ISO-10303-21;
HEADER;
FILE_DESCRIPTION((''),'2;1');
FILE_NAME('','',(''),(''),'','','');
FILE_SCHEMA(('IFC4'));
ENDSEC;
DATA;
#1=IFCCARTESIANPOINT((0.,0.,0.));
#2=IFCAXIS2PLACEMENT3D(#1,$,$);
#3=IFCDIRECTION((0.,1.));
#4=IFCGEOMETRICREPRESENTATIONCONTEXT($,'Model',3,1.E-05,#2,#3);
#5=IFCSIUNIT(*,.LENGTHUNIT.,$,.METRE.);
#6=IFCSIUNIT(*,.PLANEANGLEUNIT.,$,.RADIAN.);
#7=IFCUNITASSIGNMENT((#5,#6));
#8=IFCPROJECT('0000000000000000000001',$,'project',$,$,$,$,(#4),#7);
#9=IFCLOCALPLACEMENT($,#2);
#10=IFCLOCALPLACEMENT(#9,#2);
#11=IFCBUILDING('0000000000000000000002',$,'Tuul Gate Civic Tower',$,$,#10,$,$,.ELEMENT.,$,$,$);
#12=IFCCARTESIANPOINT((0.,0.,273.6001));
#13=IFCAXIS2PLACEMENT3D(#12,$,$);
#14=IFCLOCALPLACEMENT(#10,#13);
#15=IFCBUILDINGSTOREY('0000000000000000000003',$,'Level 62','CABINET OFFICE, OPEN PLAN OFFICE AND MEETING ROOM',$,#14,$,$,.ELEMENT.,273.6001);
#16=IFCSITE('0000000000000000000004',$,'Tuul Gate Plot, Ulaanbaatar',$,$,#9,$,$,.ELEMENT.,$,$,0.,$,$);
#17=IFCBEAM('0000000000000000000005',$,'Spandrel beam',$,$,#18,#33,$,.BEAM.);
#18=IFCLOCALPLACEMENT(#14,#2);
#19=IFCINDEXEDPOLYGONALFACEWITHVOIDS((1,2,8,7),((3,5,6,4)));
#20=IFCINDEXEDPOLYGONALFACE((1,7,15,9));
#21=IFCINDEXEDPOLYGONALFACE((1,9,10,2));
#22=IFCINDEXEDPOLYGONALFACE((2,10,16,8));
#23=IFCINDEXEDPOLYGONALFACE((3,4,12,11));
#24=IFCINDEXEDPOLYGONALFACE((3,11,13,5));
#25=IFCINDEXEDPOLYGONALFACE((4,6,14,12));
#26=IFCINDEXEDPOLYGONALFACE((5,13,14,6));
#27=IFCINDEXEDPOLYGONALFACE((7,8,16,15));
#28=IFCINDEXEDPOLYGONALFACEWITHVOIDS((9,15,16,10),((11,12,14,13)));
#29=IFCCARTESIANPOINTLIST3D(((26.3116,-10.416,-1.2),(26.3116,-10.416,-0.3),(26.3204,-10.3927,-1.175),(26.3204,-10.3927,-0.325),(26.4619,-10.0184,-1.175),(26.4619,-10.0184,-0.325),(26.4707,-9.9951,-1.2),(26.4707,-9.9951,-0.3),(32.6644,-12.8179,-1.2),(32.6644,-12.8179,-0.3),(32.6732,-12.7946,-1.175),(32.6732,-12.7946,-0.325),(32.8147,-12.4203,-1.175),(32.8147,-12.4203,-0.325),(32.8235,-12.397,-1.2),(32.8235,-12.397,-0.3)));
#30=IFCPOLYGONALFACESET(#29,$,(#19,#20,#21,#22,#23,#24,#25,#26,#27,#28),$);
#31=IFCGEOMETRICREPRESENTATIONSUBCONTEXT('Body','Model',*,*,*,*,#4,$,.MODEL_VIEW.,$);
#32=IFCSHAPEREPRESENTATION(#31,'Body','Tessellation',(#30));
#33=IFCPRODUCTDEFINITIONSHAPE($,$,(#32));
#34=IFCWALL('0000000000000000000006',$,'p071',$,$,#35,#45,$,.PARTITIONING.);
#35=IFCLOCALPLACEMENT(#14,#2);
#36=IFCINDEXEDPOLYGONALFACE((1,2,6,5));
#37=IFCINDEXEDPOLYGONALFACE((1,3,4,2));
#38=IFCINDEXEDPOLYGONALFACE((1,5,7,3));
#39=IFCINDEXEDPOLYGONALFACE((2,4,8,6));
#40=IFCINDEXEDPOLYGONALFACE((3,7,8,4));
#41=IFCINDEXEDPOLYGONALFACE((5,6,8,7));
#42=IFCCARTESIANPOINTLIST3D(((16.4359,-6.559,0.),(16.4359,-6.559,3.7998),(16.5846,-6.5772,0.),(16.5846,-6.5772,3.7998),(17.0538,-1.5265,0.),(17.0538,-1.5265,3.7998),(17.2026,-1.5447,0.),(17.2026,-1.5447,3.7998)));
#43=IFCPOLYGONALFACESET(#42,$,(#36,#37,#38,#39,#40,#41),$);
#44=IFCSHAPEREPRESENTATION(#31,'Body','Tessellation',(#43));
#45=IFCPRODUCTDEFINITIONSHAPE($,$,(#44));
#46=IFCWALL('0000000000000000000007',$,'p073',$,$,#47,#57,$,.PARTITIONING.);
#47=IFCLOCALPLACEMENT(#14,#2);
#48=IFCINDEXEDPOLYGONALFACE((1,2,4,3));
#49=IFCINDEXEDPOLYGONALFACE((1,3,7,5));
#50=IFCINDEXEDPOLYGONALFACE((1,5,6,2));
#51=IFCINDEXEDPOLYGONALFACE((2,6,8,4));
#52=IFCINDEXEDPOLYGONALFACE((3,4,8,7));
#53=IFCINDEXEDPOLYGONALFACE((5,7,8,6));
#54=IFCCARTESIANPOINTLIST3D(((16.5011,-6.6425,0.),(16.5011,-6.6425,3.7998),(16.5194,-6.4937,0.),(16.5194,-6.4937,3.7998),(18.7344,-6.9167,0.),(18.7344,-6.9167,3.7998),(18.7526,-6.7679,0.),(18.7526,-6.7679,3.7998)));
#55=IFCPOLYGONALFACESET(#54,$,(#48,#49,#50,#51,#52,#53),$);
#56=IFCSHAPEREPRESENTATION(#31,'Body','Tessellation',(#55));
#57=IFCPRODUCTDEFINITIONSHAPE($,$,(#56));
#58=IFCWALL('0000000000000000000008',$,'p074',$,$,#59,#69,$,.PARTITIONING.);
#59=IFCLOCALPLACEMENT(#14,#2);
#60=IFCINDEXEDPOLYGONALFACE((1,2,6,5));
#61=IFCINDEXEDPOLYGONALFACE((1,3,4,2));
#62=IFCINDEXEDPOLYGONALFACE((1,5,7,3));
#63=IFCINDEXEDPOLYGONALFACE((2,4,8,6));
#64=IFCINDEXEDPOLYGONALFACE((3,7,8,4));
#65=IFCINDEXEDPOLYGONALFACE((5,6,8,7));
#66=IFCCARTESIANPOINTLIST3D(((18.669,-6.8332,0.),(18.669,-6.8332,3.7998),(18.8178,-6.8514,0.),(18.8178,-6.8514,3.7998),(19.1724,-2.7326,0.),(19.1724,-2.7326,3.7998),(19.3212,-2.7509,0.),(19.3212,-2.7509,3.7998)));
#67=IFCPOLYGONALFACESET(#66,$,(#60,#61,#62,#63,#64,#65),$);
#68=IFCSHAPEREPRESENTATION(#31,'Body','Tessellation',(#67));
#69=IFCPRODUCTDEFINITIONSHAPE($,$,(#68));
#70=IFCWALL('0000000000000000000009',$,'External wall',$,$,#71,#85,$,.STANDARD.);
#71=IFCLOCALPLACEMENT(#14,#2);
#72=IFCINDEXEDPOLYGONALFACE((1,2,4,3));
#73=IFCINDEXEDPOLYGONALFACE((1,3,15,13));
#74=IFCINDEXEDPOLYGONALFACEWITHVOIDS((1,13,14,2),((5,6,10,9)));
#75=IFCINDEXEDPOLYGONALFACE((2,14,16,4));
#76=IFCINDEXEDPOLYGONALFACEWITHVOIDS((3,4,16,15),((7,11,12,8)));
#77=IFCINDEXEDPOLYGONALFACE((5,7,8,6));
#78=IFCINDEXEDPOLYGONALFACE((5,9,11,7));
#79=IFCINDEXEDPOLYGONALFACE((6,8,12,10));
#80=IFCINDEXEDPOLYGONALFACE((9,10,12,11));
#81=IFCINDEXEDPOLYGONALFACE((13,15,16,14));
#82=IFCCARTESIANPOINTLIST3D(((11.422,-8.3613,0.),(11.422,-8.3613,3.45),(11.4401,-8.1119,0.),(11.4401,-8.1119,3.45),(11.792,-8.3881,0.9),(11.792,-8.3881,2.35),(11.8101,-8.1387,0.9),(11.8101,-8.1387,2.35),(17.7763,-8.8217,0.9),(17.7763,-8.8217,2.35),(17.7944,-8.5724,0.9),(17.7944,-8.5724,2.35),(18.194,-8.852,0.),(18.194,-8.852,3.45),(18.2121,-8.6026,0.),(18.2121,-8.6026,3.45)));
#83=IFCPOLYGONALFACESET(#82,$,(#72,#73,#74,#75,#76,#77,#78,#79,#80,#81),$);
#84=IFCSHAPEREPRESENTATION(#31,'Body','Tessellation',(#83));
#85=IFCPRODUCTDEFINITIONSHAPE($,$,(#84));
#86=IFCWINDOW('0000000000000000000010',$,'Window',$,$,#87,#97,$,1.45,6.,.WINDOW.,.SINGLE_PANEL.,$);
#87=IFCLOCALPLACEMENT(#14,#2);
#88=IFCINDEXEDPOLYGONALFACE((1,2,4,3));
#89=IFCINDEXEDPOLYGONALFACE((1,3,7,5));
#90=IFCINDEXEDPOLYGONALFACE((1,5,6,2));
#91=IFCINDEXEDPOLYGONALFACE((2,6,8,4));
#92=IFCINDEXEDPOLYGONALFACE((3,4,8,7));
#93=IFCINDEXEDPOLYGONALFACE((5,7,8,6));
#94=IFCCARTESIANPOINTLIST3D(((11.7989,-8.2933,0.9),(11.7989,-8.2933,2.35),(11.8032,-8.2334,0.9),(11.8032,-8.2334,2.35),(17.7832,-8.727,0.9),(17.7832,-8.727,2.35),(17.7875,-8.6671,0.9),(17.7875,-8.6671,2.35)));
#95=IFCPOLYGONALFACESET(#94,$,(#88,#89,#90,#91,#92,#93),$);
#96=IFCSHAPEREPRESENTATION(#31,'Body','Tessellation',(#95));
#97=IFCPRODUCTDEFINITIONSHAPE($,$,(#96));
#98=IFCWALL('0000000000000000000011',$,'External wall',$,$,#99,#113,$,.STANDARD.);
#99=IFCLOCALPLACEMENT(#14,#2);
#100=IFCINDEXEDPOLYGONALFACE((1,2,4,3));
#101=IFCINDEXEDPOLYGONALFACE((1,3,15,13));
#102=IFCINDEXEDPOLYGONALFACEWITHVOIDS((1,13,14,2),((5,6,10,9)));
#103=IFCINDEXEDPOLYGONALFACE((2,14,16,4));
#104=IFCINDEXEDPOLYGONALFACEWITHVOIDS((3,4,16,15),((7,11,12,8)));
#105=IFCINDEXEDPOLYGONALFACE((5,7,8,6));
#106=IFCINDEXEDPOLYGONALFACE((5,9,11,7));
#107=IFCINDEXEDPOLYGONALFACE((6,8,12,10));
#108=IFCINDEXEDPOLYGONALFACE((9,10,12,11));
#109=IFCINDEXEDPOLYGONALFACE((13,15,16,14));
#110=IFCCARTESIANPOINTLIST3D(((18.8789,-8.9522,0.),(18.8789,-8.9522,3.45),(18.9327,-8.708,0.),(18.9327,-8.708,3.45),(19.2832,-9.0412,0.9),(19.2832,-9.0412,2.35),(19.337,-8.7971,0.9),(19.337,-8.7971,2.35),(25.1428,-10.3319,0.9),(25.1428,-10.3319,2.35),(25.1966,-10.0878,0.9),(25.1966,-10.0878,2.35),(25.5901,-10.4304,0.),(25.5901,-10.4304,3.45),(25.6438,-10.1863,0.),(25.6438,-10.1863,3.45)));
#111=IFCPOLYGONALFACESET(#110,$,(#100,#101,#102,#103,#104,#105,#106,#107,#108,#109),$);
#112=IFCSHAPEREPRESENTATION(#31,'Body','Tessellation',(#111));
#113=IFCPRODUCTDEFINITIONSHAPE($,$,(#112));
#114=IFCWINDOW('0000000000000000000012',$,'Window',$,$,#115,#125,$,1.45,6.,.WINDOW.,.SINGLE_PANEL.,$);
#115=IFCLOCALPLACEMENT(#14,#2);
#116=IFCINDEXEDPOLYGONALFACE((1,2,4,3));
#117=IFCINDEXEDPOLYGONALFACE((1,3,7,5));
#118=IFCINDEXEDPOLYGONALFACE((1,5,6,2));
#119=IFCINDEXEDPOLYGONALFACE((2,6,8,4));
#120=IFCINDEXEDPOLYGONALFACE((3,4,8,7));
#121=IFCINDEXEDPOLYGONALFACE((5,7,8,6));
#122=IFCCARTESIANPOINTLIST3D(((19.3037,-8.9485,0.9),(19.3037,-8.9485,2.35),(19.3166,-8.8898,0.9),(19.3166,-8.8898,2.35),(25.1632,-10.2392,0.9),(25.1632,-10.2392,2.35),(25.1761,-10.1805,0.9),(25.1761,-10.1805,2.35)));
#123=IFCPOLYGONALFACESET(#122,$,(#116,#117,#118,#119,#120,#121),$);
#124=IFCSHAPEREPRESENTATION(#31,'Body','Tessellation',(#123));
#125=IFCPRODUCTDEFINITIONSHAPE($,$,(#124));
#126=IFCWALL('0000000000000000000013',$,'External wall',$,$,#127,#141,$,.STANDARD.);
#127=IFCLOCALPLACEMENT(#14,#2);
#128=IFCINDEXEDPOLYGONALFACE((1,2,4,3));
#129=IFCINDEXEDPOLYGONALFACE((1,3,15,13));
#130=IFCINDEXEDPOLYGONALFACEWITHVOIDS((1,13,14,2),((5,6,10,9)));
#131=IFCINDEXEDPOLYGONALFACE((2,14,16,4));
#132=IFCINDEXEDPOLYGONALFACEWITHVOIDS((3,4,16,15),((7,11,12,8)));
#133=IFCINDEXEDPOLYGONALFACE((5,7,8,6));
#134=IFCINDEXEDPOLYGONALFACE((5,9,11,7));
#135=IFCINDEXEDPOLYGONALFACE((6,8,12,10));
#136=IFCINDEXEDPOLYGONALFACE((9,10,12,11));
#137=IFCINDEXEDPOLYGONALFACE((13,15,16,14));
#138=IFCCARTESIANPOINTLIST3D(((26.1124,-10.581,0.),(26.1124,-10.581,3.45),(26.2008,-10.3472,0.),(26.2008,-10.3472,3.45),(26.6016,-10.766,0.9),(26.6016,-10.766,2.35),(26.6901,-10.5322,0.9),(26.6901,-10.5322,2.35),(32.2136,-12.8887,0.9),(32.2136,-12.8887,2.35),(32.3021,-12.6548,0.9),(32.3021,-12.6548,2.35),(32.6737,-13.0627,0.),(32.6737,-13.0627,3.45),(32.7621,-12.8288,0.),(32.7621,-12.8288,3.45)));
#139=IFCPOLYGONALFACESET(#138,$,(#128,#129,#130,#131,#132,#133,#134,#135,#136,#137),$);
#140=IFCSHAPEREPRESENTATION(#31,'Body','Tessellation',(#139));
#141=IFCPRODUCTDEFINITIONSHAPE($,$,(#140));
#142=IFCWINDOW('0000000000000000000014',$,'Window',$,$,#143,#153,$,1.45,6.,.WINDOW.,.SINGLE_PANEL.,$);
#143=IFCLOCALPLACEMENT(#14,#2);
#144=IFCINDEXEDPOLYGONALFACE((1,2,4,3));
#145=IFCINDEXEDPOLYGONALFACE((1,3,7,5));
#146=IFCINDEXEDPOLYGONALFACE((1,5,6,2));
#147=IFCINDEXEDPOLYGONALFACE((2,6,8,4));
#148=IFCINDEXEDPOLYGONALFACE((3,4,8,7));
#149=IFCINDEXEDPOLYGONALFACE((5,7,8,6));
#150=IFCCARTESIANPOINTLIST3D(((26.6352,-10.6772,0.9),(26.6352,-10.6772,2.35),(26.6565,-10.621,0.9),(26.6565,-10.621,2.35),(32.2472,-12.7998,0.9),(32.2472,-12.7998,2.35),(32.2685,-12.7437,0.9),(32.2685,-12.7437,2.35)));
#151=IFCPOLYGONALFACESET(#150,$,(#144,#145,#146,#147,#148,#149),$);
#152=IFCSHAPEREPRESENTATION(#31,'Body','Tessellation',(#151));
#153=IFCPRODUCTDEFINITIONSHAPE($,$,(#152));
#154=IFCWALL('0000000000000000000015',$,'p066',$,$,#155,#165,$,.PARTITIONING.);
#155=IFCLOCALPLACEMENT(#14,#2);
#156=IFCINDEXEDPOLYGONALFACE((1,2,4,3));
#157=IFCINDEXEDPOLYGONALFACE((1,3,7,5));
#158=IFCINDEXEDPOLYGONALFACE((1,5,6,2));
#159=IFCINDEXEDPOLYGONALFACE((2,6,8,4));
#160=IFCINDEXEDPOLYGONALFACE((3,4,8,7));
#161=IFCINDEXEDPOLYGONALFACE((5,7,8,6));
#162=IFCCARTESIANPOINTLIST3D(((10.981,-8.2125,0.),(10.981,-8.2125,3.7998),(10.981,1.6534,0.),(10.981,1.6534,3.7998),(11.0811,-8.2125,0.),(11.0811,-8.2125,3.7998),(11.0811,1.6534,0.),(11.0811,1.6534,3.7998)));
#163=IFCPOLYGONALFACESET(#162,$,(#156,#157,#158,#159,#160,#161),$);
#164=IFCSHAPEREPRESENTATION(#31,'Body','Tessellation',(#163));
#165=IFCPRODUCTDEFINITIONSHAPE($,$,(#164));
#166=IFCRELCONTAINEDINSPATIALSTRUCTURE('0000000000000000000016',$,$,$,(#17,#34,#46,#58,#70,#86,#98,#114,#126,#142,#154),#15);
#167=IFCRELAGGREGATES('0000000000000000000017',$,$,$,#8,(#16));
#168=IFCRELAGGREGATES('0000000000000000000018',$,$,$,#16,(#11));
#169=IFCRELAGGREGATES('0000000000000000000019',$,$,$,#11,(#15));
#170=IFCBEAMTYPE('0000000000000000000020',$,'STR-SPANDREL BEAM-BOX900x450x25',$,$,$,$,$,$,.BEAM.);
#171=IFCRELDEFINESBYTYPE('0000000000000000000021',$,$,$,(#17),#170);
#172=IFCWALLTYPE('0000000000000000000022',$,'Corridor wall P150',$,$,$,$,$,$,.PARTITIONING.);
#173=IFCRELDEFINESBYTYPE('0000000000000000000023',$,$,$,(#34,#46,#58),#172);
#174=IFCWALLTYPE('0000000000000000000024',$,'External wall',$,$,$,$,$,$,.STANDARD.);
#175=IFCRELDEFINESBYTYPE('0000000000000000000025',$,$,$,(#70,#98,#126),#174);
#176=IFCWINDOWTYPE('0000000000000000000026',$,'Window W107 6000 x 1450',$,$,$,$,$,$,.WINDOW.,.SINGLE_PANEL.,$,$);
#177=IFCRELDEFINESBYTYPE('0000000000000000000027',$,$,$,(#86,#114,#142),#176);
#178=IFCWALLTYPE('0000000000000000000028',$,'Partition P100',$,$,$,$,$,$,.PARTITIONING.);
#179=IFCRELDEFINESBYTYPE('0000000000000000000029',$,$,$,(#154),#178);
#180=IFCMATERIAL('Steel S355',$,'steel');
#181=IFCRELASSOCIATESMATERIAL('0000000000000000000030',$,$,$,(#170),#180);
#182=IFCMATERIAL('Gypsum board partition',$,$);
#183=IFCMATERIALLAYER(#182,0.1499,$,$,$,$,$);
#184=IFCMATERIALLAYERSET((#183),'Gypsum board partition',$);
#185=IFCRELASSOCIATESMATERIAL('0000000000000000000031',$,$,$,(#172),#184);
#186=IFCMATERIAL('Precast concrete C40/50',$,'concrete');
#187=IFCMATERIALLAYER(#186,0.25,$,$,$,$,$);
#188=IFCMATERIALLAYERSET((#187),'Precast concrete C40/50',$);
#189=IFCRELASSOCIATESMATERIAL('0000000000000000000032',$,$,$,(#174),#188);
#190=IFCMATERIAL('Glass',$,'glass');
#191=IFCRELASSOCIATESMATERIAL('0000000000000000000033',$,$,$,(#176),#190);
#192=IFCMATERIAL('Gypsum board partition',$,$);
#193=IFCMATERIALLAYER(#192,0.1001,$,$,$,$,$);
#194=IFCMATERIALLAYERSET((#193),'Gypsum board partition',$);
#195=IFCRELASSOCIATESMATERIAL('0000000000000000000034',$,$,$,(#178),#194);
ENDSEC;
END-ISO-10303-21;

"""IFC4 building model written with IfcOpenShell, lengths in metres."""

from ifc_helpers import new_model, si_unit, direction, frame, frame_2d, origin, origin_2d, place, context, subcontext, project, spatial, rectangle, hollow_rectangle, extrude, material, layer, layer_set, material_profile, profile_set, type_object, element, fill, save


model = new_model("IFC4")

# Units and contexts
model_context = context("Model", 3, precision=1e-05, world=origin(), true_north=direction((0.0, 1.0)))
body_context = subcontext(model_context, "Body", "Model", "MODEL_VIEW")
ifc_project = project(units=[si_unit("LENGTHUNIT", "METRE"), si_unit("PLANEANGLEUNIT", "RADIAN")], contexts=[model_context])

# Site, building, storey
site_placement = place(None, origin())
site = spatial("IfcSite", under=ifc_project, at=site_placement, Name="Tuul Gate Plot, Ulaanbaatar", CompositionType="ELEMENT", RefElevation=0.0)
building_placement = place(site_placement, origin())
building = spatial("IfcBuilding", under=site, at=building_placement, Name="Tuul Gate Civic Tower", CompositionType="ELEMENT")
storey_placement = place(building_placement, frame((0.0, 0.0, 273.6001)))
storey = spatial("IfcBuildingStorey", under=building, at=storey_placement, Name="Level 62", Description="CABINET OFFICE, OPEN PLAN OFFICE AND MEETING ROOM", CompositionType="ELEMENT", Elevation=273.6001)

# Beam
ifc_material_1 = material(Name="Steel S355", Category="steel")
ifc_material_profile_1 = material_profile(ifc_material_1, hollow_rectangle(XDim=0.45, YDim=0.8999, WallThickness=0.0249, at=origin_2d()), Name="BOX900x450x25")
ifc_profile_set_1 = profile_set([ifc_material_profile_1], Name="Steel S355")
beam_type_1 = type_object("IfcBeamType", Name="STR-SPANDREL BEAM-BOX900x450x25", PredefinedType="BEAM", material=ifc_profile_set_1)
beam_1_placement = place(storey_placement, frame((26.3911, -10.2056, -0.75), z_axis=(0.935379, -0.353647, 0.0), x_axis=(0.353647, 0.935379, 0.0)))
element("IfcBeam", 1, at=beam_1_placement, inside=storey, type_object=beam_type_1, Name="Spandrel beam", PredefinedType="BEAM", context=body_context, shape_type="SweptSolid", body=[
    extrude(hollow_rectangle(XDim=0.45, YDim=0.8999, WallThickness=0.0249, at=origin_2d()), origin(), (0.0, 0.0, 1.0), 6.7917),
])

# Walls
ifc_material_2 = material(Name="Gypsum board partition")
ifc_layer_1 = layer(ifc_material_2, 0.1499)
ifc_layer_set_1 = layer_set([ifc_layer_1], Name="Gypsum board partition")
wall_type_1 = type_object("IfcWallType", Name="Corridor wall P150", PredefinedType="PARTITIONING", material=ifc_layer_set_1)
wall_1_placement = place(storey_placement, frame((16.5103, -6.5681, 0.0), z_axis=(0.0, 0.0, 1.0), x_axis=(0.121871, 0.992546, 0.0)))
element("IfcWall", 2, at=wall_1_placement, inside=storey, type_object=wall_type_1, Name="p071", PredefinedType="PARTITIONING", context=body_context, shape_type="SweptSolid", body=[
    extrude(rectangle(XDim=5.0703, YDim=0.1499, at=frame_2d((2.5352, 0.0))), origin(), (0.0, 0.0, 1.0), 3.7998),
])
wall_2_placement = place(storey_placement, frame((16.5103, -6.5681, 0.0), z_axis=(0.0, 0.0, 1.0), x_axis=(0.992548, -0.121858, 0.0)))
element("IfcWall", 3, at=wall_2_placement, inside=storey, type_object=wall_type_1, Name="p073", PredefinedType="PARTITIONING", context=body_context, shape_type="SweptSolid", body=[
    extrude(rectangle(XDim=2.25, YDim=0.1499, at=frame_2d((1.125, 0.0))), origin(), (0.0, 0.0, 1.0), 3.7998),
])
wall_3_placement = place(storey_placement, frame((18.7434, -6.8423, 0.0), z_axis=(0.0, 0.0, 1.0), x_axis=(0.121852, 0.992548, 0.0)))
element("IfcWall", 4, at=wall_3_placement, inside=storey, type_object=wall_type_1, Name="p074", PredefinedType="PARTITIONING", context=body_context, shape_type="SweptSolid", body=[
    extrude(rectangle(XDim=4.1313, YDim=0.1499, at=frame_2d((2.0657, 0.0))), origin(), (0.0, 0.0, 1.0), 3.7998),
])

# Walls, openings, windows
ifc_material_3 = material(Name="Precast concrete C40/50", Category="concrete")
ifc_layer_2 = layer(ifc_material_3, 0.25)
ifc_layer_set_2 = layer_set([ifc_layer_2], Name="Precast concrete C40/50")
wall_type_2 = type_object("IfcWallType", Name="External wall", PredefinedType="STANDARD", material=ifc_layer_set_2)
wall_4_placement = place(storey_placement, frame((11.4309, -8.2366, 0.0), z_axis=(0.0, 0.0, 1.0), x_axis=(0.997385, -0.072274, 0.0)))
wall_4 = element("IfcWall", 5, at=wall_4_placement, inside=storey, type_object=wall_type_2, Name="External wall", PredefinedType="STANDARD", context=body_context, shape_type="SweptSolid", body=[
    extrude(rectangle(XDim=6.7898, YDim=0.25, at=frame_2d((3.395, 0.0))), origin(), (0.0, 0.0, 1.0), 3.45),
])
opening_1_placement = place(wall_4_placement, frame((0.3711, 0.0, 0.8999)))
opening_1 = element("IfcOpeningElement", 6, at=opening_1_placement, cuts=wall_4, PredefinedType="OPENING", context=body_context, shape_type="SweptSolid", body=[
    extrude(rectangle(XDim=6.0, YDim=1.45, at=frame_2d((3.0, 0.7251))), frame((0.0, 0.135, 0.0), z_axis=(0.0, -1.0, 0.0), x_axis=(1.0, 0.0, 0.0)), (0.0, 0.0, 1.0), 0.27),
])
ifc_material_4 = material(Name="Glass", Category="glass")
window_type = type_object("IfcWindowType", Name="Window W107 6000 x 1450", PartitioningType="SINGLE_PANEL", PredefinedType="WINDOW", material=ifc_material_4)
window_1_placement = place(opening_1_placement, origin())
window_1 = element("IfcWindow", 7, at=window_1_placement, inside=storey, type_object=window_type, Name="Window", OverallHeight=1.45, OverallWidth=6.0, PartitioningType="SINGLE_PANEL", PredefinedType="WINDOW", context=body_context, shape_type="SweptSolid", body=[
    extrude(rectangle(XDim=6.0, YDim=1.45, at=frame_2d((3.0, 0.7251))), frame((0.0, 0.03, 0.0), z_axis=(0.0, -1.0, 0.0), x_axis=(1.0, 0.0, 0.0)), (0.0, 0.0, 1.0), 0.0601),
])
fill(opening_1, window_1)
wall_5_placement = place(storey_placement, frame((18.9058, -8.8301, 0.0), z_axis=(0.0, 0.0, 1.0), x_axis=(0.976589, -0.215113, 0.0)))
wall_5 = element("IfcWall", 8, at=wall_5_placement, inside=storey, type_object=wall_type_2, Name="External wall", PredefinedType="STANDARD", context=body_context, shape_type="SweptSolid", body=[
    extrude(rectangle(XDim=6.8721, YDim=0.25, at=frame_2d((3.436, 0.0))), origin(), (0.0, 0.0, 1.0), 3.45),
])
opening_2_placement = place(wall_5_placement, frame((0.4141, 0.0, 0.8999)))
opening_2 = element("IfcOpeningElement", 9, at=opening_2_placement, cuts=wall_5, PredefinedType="OPENING", context=body_context, shape_type="SweptSolid", body=[
    extrude(rectangle(XDim=6.0, YDim=1.45, at=frame_2d((3.0, 0.7251))), frame((0.0, 0.135, 0.0), z_axis=(0.0, -1.0, 0.0), x_axis=(1.0, 0.0, 0.0)), (0.0, 0.0, 1.0), 0.27),
])
window_2_placement = place(opening_2_placement, origin())
window_2 = element("IfcWindow", 10, at=window_2_placement, inside=storey, type_object=window_type, Name="Window", OverallHeight=1.45, OverallWidth=6.0, PartitioningType="SINGLE_PANEL", PredefinedType="WINDOW", context=body_context, shape_type="SweptSolid", body=[
    extrude(rectangle(XDim=6.0, YDim=1.45, at=frame_2d((3.0, 0.7251))), frame((0.0, 0.03, 0.0), z_axis=(0.0, -1.0, 0.0), x_axis=(1.0, 0.0, 0.0)), (0.0, 0.0, 1.0), 0.0601),
])
fill(opening_2, window_2)
wall_6_placement = place(storey_placement, frame((26.1567, -10.4641, 0.0), z_axis=(0.0, 0.0, 1.0), x_axis=(0.935331, -0.353773, 0.0)))
wall_6 = element("IfcWall", 11, at=wall_6_placement, inside=storey, type_object=wall_type_2, Name="External wall", PredefinedType="STANDARD", context=body_context, shape_type="SweptSolid", body=[
    extrude(rectangle(XDim=7.0149, YDim=0.25, at=frame_2d((3.5073, 0.0))), origin(), (0.0, 0.0, 1.0), 3.45),
])
opening_3_placement = place(wall_6_placement, frame((0.5229, 0.0, 0.8999)))
opening_3 = element("IfcOpeningElement", 12, at=opening_3_placement, cuts=wall_6, PredefinedType="OPENING", context=body_context, shape_type="SweptSolid", body=[
    extrude(rectangle(XDim=6.0, YDim=1.45, at=frame_2d((3.0, 0.7251))), frame((0.0, 0.135, 0.0), z_axis=(0.0, -1.0, 0.0), x_axis=(1.0, 0.0, 0.0)), (0.0, 0.0, 1.0), 0.27),
])
window_3_placement = place(opening_3_placement, origin())
window_3 = element("IfcWindow", 13, at=window_3_placement, inside=storey, type_object=window_type, Name="Window", OverallHeight=1.45, OverallWidth=6.0, PartitioningType="SINGLE_PANEL", PredefinedType="WINDOW", context=body_context, shape_type="SweptSolid", body=[
    extrude(rectangle(XDim=6.0, YDim=1.45, at=frame_2d((3.0, 0.7251))), frame((0.0, 0.03, 0.0), z_axis=(0.0, -1.0, 0.0), x_axis=(1.0, 0.0, 0.0)), (0.0, 0.0, 1.0), 0.0601),
])
fill(opening_3, window_3)

# Wall
ifc_material_5 = material(Name="Gypsum board partition")
ifc_layer_3 = layer(ifc_material_5, 0.1001)
ifc_layer_set_3 = layer_set([ifc_layer_3], Name="Gypsum board partition")
wall_type_3 = type_object("IfcWallType", Name="Partition P100", PredefinedType="PARTITIONING", material=ifc_layer_set_3)
wall_7_placement = place(storey_placement, frame((11.031, -8.2126, 0.0), z_axis=(0.0, 0.0, 1.0), x_axis=(0.0, 1.0, 0.0)))
element("IfcWall", 14, at=wall_7_placement, inside=storey, type_object=wall_type_3, Name="p066", PredefinedType="PARTITIONING", context=body_context, shape_type="SweptSolid", body=[
    extrude(rectangle(XDim=9.866, YDim=0.1001, at=frame_2d((4.9331, 0.0))), origin(), (0.0, 0.0, 1.0), 3.7998),
])

save(model, "model.ifc")
